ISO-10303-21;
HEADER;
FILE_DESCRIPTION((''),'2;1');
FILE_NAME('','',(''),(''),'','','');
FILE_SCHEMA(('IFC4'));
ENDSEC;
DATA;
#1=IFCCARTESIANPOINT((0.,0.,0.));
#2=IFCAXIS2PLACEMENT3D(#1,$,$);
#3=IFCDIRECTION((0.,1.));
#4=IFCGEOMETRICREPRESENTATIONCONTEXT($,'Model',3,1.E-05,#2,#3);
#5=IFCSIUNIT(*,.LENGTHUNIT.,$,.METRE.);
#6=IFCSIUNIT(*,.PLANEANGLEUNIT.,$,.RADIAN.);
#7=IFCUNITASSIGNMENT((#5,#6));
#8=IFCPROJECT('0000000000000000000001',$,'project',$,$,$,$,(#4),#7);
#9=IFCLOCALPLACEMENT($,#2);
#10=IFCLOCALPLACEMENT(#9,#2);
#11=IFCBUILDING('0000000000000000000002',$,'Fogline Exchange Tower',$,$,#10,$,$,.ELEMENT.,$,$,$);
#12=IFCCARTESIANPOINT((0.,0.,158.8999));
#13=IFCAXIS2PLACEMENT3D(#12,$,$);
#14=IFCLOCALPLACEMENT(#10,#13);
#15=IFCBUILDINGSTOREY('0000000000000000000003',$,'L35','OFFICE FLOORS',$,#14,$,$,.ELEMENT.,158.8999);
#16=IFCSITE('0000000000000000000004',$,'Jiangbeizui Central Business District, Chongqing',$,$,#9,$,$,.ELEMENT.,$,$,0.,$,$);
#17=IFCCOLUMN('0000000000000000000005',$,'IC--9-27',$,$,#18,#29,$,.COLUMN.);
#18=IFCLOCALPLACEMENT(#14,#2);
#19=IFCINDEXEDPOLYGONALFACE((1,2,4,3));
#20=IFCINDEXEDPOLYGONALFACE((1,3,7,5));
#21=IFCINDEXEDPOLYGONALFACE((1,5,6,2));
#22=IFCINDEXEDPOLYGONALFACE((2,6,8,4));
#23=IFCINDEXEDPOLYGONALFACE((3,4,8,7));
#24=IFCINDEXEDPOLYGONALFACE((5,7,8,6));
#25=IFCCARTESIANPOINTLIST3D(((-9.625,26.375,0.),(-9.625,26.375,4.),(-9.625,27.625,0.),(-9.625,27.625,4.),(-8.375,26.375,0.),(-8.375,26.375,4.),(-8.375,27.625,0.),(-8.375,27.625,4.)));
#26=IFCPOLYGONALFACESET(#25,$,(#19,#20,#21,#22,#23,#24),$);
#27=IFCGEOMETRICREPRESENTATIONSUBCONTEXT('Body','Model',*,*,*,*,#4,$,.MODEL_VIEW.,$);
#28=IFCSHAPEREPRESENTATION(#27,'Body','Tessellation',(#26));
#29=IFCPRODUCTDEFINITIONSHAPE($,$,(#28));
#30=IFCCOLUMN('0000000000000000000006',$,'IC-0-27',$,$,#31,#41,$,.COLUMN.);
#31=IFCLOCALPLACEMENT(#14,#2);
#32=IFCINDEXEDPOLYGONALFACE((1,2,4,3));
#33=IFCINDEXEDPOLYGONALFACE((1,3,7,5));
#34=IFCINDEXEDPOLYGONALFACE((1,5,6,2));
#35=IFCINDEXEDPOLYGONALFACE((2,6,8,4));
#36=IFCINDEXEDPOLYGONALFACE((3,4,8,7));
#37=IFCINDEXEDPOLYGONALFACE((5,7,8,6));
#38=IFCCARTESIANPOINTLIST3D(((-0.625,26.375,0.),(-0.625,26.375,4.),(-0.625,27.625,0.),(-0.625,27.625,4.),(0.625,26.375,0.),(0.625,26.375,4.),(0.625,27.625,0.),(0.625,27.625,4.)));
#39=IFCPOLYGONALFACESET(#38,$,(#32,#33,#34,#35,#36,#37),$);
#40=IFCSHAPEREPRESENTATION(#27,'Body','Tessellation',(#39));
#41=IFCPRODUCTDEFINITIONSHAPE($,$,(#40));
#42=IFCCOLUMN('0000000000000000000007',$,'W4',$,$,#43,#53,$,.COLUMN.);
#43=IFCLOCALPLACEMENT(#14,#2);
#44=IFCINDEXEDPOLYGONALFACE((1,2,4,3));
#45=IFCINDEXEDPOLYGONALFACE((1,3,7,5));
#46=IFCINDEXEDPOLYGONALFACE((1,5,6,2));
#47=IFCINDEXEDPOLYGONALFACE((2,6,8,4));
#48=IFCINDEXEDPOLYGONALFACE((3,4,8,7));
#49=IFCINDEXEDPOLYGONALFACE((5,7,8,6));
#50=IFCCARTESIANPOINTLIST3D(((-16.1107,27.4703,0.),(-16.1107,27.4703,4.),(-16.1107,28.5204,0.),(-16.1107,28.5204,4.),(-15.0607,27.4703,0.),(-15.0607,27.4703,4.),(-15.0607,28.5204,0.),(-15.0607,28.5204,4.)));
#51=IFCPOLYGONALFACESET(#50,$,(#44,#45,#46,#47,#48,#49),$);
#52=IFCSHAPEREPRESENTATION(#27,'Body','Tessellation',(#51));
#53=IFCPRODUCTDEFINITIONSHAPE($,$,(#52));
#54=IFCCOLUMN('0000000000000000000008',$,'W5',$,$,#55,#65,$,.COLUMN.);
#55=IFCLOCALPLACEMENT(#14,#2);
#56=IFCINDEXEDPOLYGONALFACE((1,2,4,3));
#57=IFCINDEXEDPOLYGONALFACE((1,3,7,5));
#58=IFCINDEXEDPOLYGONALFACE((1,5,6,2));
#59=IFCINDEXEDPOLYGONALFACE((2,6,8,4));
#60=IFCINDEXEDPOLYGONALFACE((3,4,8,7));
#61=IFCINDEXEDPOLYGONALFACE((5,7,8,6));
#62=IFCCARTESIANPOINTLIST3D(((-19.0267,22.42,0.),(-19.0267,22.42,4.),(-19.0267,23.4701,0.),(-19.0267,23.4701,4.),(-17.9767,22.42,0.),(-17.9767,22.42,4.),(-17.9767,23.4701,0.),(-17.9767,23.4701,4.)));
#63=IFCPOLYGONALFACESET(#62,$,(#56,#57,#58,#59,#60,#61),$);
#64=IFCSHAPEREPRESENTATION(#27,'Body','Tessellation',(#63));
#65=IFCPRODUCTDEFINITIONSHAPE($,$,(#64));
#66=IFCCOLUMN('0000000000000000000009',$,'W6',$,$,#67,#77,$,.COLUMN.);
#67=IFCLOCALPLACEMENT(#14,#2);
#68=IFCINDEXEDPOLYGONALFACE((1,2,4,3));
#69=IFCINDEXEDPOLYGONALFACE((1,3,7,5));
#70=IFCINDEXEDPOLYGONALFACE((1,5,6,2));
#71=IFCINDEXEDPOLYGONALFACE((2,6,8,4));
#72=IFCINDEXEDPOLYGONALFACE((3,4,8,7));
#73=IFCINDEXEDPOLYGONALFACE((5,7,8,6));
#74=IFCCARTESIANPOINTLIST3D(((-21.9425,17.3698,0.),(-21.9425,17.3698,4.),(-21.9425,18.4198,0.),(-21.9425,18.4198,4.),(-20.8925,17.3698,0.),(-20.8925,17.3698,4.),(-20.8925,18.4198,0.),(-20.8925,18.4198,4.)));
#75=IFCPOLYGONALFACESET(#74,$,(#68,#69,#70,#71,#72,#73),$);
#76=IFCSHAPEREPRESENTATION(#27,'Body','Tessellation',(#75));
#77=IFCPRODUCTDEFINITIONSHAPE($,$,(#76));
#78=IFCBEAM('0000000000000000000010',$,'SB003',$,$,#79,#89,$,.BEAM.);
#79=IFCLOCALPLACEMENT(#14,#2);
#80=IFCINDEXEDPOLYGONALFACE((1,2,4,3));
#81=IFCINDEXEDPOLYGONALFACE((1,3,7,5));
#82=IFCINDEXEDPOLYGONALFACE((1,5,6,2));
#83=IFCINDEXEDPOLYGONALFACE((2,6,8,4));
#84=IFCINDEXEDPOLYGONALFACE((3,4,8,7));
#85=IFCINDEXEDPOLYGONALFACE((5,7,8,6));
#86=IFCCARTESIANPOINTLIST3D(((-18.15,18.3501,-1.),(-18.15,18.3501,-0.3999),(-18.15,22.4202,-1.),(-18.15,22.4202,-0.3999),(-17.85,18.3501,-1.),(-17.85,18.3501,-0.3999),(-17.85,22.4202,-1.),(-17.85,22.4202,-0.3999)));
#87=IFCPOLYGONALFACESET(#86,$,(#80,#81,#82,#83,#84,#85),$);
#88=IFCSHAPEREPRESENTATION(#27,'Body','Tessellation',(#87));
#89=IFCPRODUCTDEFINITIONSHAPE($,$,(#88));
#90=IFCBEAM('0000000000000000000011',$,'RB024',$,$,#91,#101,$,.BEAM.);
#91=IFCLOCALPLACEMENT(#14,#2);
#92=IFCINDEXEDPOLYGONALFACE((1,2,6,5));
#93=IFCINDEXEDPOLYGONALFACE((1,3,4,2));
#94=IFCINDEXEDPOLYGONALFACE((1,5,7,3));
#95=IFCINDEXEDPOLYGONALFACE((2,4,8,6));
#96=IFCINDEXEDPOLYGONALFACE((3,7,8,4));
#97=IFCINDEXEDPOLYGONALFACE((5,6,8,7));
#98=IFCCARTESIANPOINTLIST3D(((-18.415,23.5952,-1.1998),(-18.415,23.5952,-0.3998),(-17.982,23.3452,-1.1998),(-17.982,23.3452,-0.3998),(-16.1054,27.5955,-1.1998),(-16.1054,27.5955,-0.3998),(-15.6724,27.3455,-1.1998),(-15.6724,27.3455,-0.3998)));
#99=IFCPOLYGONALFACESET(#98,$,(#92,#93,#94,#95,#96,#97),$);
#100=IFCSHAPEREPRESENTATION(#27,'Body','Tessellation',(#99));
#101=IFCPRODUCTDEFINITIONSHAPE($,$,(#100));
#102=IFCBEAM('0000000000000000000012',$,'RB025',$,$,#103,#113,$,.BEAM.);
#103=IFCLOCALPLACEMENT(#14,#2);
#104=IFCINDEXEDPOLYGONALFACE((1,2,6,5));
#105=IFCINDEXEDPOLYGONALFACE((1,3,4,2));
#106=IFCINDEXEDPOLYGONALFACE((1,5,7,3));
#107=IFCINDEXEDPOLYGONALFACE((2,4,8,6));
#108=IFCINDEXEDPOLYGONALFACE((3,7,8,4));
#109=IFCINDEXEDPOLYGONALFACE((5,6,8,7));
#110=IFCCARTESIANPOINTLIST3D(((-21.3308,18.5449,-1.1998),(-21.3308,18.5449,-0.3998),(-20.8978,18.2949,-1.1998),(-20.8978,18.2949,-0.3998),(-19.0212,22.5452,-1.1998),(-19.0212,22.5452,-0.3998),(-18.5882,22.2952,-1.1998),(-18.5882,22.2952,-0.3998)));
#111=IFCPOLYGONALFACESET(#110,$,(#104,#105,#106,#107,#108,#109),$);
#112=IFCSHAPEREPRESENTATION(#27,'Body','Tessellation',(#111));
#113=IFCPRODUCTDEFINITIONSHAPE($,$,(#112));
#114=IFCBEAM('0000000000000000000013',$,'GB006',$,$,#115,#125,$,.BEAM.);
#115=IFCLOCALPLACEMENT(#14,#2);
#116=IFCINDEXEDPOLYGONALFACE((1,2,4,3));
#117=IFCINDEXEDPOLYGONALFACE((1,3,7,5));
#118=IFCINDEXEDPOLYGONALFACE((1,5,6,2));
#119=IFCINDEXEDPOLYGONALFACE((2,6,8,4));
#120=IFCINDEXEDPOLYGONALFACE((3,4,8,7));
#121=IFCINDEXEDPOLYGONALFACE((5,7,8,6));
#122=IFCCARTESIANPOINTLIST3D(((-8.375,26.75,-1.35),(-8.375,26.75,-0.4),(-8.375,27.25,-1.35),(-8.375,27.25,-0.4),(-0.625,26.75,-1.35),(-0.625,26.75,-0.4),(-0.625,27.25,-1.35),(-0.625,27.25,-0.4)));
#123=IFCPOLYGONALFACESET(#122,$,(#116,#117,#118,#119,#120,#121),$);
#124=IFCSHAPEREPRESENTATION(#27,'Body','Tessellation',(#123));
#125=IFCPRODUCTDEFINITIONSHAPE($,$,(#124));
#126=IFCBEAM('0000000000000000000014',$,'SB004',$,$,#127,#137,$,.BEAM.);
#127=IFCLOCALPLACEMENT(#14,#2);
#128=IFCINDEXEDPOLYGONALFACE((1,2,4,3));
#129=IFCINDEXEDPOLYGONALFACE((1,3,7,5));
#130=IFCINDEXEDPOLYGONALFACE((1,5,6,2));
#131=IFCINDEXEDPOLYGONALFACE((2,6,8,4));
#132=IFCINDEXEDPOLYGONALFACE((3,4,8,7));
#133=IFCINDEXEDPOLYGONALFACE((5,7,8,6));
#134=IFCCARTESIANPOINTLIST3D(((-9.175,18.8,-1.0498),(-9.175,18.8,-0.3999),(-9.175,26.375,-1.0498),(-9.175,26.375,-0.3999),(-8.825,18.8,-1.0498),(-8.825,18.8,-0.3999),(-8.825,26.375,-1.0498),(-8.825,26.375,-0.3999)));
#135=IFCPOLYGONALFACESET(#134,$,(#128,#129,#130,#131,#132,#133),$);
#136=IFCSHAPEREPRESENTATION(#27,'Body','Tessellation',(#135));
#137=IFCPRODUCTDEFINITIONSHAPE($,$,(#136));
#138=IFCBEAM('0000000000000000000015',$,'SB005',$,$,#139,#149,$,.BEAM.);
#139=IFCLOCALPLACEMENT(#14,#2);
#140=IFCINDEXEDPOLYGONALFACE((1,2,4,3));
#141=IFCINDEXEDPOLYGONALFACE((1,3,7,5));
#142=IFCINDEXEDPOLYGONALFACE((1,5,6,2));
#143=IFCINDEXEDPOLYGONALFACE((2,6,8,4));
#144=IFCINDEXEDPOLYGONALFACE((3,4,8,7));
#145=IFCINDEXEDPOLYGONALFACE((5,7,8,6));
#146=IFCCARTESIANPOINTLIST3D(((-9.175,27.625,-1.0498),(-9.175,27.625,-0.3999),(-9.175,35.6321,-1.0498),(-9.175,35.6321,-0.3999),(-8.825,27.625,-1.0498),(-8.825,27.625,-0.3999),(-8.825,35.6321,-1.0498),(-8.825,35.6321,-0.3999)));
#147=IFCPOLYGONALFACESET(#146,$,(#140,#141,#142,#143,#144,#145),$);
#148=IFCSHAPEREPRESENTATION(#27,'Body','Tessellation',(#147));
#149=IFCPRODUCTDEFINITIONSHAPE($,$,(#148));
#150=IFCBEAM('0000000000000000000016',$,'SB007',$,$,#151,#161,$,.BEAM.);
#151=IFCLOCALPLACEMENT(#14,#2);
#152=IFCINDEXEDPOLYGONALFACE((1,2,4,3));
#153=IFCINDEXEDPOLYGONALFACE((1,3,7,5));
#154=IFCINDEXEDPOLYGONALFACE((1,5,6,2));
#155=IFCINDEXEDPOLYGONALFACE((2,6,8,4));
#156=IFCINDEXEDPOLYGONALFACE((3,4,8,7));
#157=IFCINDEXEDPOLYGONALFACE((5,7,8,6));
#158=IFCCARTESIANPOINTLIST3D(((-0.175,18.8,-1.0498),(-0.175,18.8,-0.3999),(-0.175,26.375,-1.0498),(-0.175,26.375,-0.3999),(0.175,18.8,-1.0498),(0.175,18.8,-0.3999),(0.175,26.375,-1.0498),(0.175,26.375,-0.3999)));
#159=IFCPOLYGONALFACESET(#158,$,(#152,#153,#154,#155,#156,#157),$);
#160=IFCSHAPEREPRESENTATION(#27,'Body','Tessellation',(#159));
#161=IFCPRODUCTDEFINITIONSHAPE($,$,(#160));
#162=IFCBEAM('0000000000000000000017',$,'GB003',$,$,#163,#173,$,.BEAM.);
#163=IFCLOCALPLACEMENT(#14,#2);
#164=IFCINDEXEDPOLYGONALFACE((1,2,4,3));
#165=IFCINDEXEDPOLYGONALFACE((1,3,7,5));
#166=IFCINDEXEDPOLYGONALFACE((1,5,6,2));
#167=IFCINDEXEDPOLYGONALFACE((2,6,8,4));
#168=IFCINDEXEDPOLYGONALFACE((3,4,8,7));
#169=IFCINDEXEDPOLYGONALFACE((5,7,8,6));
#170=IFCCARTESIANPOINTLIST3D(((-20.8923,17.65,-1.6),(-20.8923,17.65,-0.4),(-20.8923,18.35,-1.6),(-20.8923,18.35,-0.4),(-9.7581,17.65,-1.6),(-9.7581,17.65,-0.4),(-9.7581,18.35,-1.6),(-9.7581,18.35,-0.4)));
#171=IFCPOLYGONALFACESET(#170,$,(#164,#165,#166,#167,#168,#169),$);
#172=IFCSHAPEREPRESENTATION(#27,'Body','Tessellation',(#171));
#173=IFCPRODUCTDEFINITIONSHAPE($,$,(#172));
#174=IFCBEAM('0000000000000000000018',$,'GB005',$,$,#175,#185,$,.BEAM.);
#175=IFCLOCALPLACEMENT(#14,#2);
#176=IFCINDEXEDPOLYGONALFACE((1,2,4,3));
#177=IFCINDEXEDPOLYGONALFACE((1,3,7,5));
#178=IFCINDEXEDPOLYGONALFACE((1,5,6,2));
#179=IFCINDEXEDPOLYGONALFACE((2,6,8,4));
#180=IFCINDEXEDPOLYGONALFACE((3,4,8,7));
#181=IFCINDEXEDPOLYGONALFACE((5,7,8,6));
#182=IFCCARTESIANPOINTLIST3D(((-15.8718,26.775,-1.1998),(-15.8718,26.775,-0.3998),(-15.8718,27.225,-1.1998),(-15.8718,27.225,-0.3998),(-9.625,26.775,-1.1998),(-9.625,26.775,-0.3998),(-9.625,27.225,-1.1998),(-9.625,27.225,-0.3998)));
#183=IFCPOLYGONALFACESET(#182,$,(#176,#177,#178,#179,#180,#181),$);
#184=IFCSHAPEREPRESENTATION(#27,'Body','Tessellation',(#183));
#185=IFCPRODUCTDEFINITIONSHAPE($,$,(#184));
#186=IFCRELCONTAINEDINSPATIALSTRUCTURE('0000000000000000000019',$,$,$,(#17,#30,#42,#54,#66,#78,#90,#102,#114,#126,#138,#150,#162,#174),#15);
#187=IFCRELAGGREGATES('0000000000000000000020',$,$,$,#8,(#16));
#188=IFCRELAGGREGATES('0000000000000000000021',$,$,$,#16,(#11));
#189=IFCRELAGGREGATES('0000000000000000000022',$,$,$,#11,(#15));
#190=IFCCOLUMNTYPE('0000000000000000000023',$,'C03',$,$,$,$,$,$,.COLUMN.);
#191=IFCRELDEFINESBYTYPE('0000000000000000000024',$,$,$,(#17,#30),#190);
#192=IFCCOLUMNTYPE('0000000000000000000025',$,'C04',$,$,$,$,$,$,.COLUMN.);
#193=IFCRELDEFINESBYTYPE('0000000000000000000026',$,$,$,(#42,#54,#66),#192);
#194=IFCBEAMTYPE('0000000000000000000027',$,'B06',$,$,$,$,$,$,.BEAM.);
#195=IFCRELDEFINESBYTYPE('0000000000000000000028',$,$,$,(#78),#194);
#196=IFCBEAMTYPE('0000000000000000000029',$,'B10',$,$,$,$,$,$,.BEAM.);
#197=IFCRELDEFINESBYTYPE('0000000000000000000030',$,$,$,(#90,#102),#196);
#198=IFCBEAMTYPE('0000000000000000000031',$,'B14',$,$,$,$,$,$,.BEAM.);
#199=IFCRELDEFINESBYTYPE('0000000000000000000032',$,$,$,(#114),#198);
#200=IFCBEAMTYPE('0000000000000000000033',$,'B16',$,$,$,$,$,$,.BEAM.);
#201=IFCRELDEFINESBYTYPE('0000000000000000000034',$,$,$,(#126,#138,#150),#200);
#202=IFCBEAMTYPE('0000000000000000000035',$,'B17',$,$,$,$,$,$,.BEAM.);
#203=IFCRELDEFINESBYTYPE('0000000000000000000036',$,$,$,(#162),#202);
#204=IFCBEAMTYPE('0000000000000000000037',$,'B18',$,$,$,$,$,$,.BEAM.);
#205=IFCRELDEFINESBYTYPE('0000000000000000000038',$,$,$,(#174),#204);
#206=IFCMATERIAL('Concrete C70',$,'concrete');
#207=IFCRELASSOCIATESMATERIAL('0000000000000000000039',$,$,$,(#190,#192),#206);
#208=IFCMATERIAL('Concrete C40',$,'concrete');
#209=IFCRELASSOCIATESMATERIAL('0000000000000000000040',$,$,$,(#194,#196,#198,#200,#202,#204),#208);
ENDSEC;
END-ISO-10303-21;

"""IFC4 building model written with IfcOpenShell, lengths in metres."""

from ifc_helpers import new_model, si_unit, direction, frame, origin, origin_2d, place, context, subcontext, project, spatial, rectangle, extrude, material, material_profile, profile_set, type_object, element, save


model = new_model("IFC4")

# Units and contexts
model_context = context("Model", 3, precision=1e-05, world=origin(), true_north=direction((0.0, 1.0)))
body_context = subcontext(model_context, "Body", "Model", "MODEL_VIEW")
ifc_project = project(units=[si_unit("LENGTHUNIT", "METRE"), si_unit("PLANEANGLEUNIT", "RADIAN")], contexts=[model_context])

# Site, building, storey
site_placement = place(None, origin())
site = spatial("IfcSite", under=ifc_project, at=site_placement, Name="Jiangbeizui Central Business District, Chongqing", CompositionType="ELEMENT", RefElevation=0.0)
building_placement = place(site_placement, origin())
building = spatial("IfcBuilding", under=site, at=building_placement, Name="Fogline Exchange Tower", CompositionType="ELEMENT")
storey_placement = place(building_placement, frame((0.0, 0.0, 158.8999)))
storey = spatial("IfcBuildingStorey", under=building, at=storey_placement, Name="L35", Description="OFFICE FLOORS", CompositionType="ELEMENT", Elevation=158.8999)

# Columns
ifc_material_1 = material(Name="Concrete C70", Category="concrete")
ifc_material_profile_1 = material_profile(ifc_material_1, rectangle(XDim=1.25, YDim=1.25, at=origin_2d()), Name="RC 1250x1250")
ifc_profile_set_1 = profile_set([ifc_material_profile_1], Name="Concrete C70")
column_type_1 = type_object("IfcColumnType", Name="C03", PredefinedType="COLUMN", material=ifc_profile_set_1)
for number, where, z_axis, x_axis, name in (
    (1, (-9.0, 27.0, 0.0), (0.0, 0.0, 1.0), (1.0, 0.0, 0.0), "IC--9-27"),
    (2, (0.0, 27.0, 0.0), (0.0, 0.0, 1.0), (1.0, 0.0, 0.0), "IC-0-27"),
):
    element("IfcColumn", number, at=place(storey_placement, frame(where, z_axis=z_axis, x_axis=x_axis)), inside=storey, type_object=column_type_1, Name=name, PredefinedType="COLUMN", context=body_context, shape_type="SweptSolid", body=[
        extrude(rectangle(XDim=1.25, YDim=1.25, at=origin_2d()), origin(), (0.0, 0.0, 1.0), 4.0),
    ])
ifc_material_profile_2 = material_profile(ifc_material_1, rectangle(XDim=1.05, YDim=1.05, at=origin_2d()), Name="RC 1050x1050")
ifc_profile_set_2 = profile_set([ifc_material_profile_2], Name="Concrete C70")
column_type_2 = type_object("IfcColumnType", Name="C04", PredefinedType="COLUMN", material=ifc_profile_set_2)
for number, where, z_axis, x_axis, name in (
    (3, (-15.5857, 27.9954, 0.0), (0.0, 0.0, 1.0), (1.0, 0.0, 0.0), "W4"),
    (4, (-18.5017, 22.9451, 0.0), (0.0, 0.0, 1.0), (1.0, 0.0, 0.0), "W5"),
    (5, (-21.4175, 17.8948, 0.0), (0.0, 0.0, 1.0), (1.0, 0.0, 0.0), "W6"),
):
    element("IfcColumn", number, at=place(storey_placement, frame(where, z_axis=z_axis, x_axis=x_axis)), inside=storey, type_object=column_type_2, Name=name, PredefinedType="COLUMN", context=body_context, shape_type="SweptSolid", body=[
        extrude(rectangle(XDim=1.05, YDim=1.05, at=origin_2d()), origin(), (0.0, 0.0, 1.0), 4.0),
    ])

# Beams
ifc_material_2 = material(Name="Concrete C40", Category="concrete")
ifc_material_profile_3 = material_profile(ifc_material_2, rectangle(XDim=0.3, YDim=0.6001, at=origin_2d()), Name="RC 300x600")
ifc_profile_set_3 = profile_set([ifc_material_profile_3], Name="Concrete C40")
beam_type_1 = type_object("IfcBeamType", Name="B06", PredefinedType="BEAM", material=ifc_profile_set_3)
beam_1_placement = place(storey_placement, frame((-18.0, 18.3501, -0.7), z_axis=(0.0, 1.0, 0.0), x_axis=(-1.0, 0.0, 0.0)))
element("IfcBeam", 6, at=beam_1_placement, inside=storey, type_object=beam_type_1, Name="SB003", PredefinedType="BEAM", context=body_context, shape_type="SweptSolid", body=[
    extrude(rectangle(XDim=0.3, YDim=0.6001, at=origin_2d()), origin(), (0.0, 0.0, 1.0), 4.0701),
])
ifc_material_profile_4 = material_profile(ifc_material_2, rectangle(XDim=0.5, YDim=0.8, at=origin_2d()), Name="RC 500x800")
ifc_profile_set_4 = profile_set([ifc_material_profile_4], Name="Concrete C40")
beam_type_2 = type_object("IfcBeamType", Name="B10", PredefinedType="BEAM", material=ifc_profile_set_4)
for number, where, z_axis, x_axis, name in (
    (7, (-15.8889, 27.4705, -0.7998), (-0.500005, -0.866023, 0.0), (0.866023, -0.500005, 0.0), "RB024"),
    (8, (-18.8047, 22.4202, -0.7998), (-0.500005, -0.866023, 0.0), (0.866023, -0.500005, 0.0), "RB025"),
):
    element("IfcBeam", number, at=place(storey_placement, frame(where, z_axis=z_axis, x_axis=x_axis)), inside=storey, type_object=beam_type_2, Name=name, PredefinedType="BEAM", context=body_context, shape_type="SweptSolid", body=[
        extrude(rectangle(XDim=0.5, YDim=0.8, at=origin_2d()), origin(), (0.0, 0.0, 1.0), 4.6191),
    ])
ifc_material_profile_5 = material_profile(ifc_material_2, rectangle(XDim=0.5, YDim=0.95, at=origin_2d()), Name="RC 500x950")
ifc_profile_set_5 = profile_set([ifc_material_profile_5], Name="Concrete C40")
beam_type_3 = type_object("IfcBeamType", Name="B14", PredefinedType="BEAM", material=ifc_profile_set_5)
beam_2_placement = place(storey_placement, frame((-8.375, 27.0, -0.875), z_axis=(1.0, 0.0, 0.0), x_axis=(0.0, 1.0, 0.0)))
element("IfcBeam", 9, at=beam_2_placement, inside=storey, type_object=beam_type_3, Name="GB006", PredefinedType="BEAM", context=body_context, shape_type="SweptSolid", body=[
    extrude(rectangle(XDim=0.5, YDim=0.95, at=origin_2d()), origin(), (0.0, 0.0, 1.0), 7.75),
])
ifc_material_profile_6 = material_profile(ifc_material_2, rectangle(XDim=0.3501, YDim=0.6499, at=origin_2d()), Name="RC 350x650")
ifc_profile_set_6 = profile_set([ifc_material_profile_6], Name="Concrete C40")
beam_type_4 = type_object("IfcBeamType", Name="B16", PredefinedType="BEAM", material=ifc_profile_set_6)
beam_3_placement = place(storey_placement, frame((-9.0, 18.8, -0.7249), z_axis=(0.0, 1.0, 0.0), x_axis=(-1.0, 0.0, 0.0)))
element("IfcBeam", 10, at=beam_3_placement, inside=storey, type_object=beam_type_4, Name="SB004", PredefinedType="BEAM", context=body_context, shape_type="SweptSolid", body=[
    extrude(rectangle(XDim=0.3501, YDim=0.6499, at=origin_2d()), origin(), (0.0, 0.0, 1.0), 7.575),
])
beam_4_placement = place(storey_placement, frame((-9.0, 27.625, -0.7249), z_axis=(0.0, 1.0, 0.0), x_axis=(-1.0, 0.0, 0.0)))
element("IfcBeam", 11, at=beam_4_placement, inside=storey, type_object=beam_type_4, Name="SB005", PredefinedType="BEAM", context=body_context, shape_type="SweptSolid", body=[
    extrude(rectangle(XDim=0.3501, YDim=0.6499, at=origin_2d()), origin(), (0.0, 0.0, 1.0), 8.0071),
])
beam_5_placement = place(storey_placement, frame((0.0, 18.8, -0.7249), z_axis=(0.0, 1.0, 0.0), x_axis=(-1.0, 0.0, 0.0)))
element("IfcBeam", 12, at=beam_5_placement, inside=storey, type_object=beam_type_4, Name="SB007", PredefinedType="BEAM", context=body_context, shape_type="SweptSolid", body=[
    extrude(rectangle(XDim=0.3501, YDim=0.6499, at=origin_2d()), origin(), (0.0, 0.0, 1.0), 7.575),
])
ifc_material_profile_7 = material_profile(ifc_material_2, rectangle(XDim=0.7, YDim=1.2, at=origin_2d()), Name="RC 700x1200")
ifc_profile_set_7 = profile_set([ifc_material_profile_7], Name="Concrete C40")
beam_type_5 = type_object("IfcBeamType", Name="B17", PredefinedType="BEAM", material=ifc_profile_set_7)
beam_6_placement = place(storey_placement, frame((-20.8923, 18.0, -1.0), z_axis=(1.0, 0.0, 0.0), x_axis=(0.0, 1.0, 0.0)))
element("IfcBeam", 13, at=beam_6_placement, inside=storey, type_object=beam_type_5, Name="GB003", PredefinedType="BEAM", context=body_context, shape_type="SweptSolid", body=[
    extrude(rectangle(XDim=0.7, YDim=1.2, at=origin_2d()), origin(), (0.0, 0.0, 1.0), 11.1343),
])
ifc_material_profile_8 = material_profile(ifc_material_2, rectangle(XDim=0.45, YDim=0.8, at=origin_2d()), Name="RC 450x800")
ifc_profile_set_8 = profile_set([ifc_material_profile_8], Name="Concrete C40")
beam_type_6 = type_object("IfcBeamType", Name="B18", PredefinedType="BEAM", material=ifc_profile_set_8)
beam_7_placement = place(storey_placement, frame((-15.8718, 27.0, -0.7998), z_axis=(1.0, 0.0, 0.0), x_axis=(0.0, 1.0, 0.0)))
element("IfcBeam", 14, at=beam_7_placement, inside=storey, type_object=beam_type_6, Name="GB005", PredefinedType="BEAM", context=body_context, shape_type="SweptSolid", body=[
    extrude(rectangle(XDim=0.45, YDim=0.8, at=origin_2d()), origin(), (0.0, 0.0, 1.0), 6.2468),
])

save(model, "model.ifc")
